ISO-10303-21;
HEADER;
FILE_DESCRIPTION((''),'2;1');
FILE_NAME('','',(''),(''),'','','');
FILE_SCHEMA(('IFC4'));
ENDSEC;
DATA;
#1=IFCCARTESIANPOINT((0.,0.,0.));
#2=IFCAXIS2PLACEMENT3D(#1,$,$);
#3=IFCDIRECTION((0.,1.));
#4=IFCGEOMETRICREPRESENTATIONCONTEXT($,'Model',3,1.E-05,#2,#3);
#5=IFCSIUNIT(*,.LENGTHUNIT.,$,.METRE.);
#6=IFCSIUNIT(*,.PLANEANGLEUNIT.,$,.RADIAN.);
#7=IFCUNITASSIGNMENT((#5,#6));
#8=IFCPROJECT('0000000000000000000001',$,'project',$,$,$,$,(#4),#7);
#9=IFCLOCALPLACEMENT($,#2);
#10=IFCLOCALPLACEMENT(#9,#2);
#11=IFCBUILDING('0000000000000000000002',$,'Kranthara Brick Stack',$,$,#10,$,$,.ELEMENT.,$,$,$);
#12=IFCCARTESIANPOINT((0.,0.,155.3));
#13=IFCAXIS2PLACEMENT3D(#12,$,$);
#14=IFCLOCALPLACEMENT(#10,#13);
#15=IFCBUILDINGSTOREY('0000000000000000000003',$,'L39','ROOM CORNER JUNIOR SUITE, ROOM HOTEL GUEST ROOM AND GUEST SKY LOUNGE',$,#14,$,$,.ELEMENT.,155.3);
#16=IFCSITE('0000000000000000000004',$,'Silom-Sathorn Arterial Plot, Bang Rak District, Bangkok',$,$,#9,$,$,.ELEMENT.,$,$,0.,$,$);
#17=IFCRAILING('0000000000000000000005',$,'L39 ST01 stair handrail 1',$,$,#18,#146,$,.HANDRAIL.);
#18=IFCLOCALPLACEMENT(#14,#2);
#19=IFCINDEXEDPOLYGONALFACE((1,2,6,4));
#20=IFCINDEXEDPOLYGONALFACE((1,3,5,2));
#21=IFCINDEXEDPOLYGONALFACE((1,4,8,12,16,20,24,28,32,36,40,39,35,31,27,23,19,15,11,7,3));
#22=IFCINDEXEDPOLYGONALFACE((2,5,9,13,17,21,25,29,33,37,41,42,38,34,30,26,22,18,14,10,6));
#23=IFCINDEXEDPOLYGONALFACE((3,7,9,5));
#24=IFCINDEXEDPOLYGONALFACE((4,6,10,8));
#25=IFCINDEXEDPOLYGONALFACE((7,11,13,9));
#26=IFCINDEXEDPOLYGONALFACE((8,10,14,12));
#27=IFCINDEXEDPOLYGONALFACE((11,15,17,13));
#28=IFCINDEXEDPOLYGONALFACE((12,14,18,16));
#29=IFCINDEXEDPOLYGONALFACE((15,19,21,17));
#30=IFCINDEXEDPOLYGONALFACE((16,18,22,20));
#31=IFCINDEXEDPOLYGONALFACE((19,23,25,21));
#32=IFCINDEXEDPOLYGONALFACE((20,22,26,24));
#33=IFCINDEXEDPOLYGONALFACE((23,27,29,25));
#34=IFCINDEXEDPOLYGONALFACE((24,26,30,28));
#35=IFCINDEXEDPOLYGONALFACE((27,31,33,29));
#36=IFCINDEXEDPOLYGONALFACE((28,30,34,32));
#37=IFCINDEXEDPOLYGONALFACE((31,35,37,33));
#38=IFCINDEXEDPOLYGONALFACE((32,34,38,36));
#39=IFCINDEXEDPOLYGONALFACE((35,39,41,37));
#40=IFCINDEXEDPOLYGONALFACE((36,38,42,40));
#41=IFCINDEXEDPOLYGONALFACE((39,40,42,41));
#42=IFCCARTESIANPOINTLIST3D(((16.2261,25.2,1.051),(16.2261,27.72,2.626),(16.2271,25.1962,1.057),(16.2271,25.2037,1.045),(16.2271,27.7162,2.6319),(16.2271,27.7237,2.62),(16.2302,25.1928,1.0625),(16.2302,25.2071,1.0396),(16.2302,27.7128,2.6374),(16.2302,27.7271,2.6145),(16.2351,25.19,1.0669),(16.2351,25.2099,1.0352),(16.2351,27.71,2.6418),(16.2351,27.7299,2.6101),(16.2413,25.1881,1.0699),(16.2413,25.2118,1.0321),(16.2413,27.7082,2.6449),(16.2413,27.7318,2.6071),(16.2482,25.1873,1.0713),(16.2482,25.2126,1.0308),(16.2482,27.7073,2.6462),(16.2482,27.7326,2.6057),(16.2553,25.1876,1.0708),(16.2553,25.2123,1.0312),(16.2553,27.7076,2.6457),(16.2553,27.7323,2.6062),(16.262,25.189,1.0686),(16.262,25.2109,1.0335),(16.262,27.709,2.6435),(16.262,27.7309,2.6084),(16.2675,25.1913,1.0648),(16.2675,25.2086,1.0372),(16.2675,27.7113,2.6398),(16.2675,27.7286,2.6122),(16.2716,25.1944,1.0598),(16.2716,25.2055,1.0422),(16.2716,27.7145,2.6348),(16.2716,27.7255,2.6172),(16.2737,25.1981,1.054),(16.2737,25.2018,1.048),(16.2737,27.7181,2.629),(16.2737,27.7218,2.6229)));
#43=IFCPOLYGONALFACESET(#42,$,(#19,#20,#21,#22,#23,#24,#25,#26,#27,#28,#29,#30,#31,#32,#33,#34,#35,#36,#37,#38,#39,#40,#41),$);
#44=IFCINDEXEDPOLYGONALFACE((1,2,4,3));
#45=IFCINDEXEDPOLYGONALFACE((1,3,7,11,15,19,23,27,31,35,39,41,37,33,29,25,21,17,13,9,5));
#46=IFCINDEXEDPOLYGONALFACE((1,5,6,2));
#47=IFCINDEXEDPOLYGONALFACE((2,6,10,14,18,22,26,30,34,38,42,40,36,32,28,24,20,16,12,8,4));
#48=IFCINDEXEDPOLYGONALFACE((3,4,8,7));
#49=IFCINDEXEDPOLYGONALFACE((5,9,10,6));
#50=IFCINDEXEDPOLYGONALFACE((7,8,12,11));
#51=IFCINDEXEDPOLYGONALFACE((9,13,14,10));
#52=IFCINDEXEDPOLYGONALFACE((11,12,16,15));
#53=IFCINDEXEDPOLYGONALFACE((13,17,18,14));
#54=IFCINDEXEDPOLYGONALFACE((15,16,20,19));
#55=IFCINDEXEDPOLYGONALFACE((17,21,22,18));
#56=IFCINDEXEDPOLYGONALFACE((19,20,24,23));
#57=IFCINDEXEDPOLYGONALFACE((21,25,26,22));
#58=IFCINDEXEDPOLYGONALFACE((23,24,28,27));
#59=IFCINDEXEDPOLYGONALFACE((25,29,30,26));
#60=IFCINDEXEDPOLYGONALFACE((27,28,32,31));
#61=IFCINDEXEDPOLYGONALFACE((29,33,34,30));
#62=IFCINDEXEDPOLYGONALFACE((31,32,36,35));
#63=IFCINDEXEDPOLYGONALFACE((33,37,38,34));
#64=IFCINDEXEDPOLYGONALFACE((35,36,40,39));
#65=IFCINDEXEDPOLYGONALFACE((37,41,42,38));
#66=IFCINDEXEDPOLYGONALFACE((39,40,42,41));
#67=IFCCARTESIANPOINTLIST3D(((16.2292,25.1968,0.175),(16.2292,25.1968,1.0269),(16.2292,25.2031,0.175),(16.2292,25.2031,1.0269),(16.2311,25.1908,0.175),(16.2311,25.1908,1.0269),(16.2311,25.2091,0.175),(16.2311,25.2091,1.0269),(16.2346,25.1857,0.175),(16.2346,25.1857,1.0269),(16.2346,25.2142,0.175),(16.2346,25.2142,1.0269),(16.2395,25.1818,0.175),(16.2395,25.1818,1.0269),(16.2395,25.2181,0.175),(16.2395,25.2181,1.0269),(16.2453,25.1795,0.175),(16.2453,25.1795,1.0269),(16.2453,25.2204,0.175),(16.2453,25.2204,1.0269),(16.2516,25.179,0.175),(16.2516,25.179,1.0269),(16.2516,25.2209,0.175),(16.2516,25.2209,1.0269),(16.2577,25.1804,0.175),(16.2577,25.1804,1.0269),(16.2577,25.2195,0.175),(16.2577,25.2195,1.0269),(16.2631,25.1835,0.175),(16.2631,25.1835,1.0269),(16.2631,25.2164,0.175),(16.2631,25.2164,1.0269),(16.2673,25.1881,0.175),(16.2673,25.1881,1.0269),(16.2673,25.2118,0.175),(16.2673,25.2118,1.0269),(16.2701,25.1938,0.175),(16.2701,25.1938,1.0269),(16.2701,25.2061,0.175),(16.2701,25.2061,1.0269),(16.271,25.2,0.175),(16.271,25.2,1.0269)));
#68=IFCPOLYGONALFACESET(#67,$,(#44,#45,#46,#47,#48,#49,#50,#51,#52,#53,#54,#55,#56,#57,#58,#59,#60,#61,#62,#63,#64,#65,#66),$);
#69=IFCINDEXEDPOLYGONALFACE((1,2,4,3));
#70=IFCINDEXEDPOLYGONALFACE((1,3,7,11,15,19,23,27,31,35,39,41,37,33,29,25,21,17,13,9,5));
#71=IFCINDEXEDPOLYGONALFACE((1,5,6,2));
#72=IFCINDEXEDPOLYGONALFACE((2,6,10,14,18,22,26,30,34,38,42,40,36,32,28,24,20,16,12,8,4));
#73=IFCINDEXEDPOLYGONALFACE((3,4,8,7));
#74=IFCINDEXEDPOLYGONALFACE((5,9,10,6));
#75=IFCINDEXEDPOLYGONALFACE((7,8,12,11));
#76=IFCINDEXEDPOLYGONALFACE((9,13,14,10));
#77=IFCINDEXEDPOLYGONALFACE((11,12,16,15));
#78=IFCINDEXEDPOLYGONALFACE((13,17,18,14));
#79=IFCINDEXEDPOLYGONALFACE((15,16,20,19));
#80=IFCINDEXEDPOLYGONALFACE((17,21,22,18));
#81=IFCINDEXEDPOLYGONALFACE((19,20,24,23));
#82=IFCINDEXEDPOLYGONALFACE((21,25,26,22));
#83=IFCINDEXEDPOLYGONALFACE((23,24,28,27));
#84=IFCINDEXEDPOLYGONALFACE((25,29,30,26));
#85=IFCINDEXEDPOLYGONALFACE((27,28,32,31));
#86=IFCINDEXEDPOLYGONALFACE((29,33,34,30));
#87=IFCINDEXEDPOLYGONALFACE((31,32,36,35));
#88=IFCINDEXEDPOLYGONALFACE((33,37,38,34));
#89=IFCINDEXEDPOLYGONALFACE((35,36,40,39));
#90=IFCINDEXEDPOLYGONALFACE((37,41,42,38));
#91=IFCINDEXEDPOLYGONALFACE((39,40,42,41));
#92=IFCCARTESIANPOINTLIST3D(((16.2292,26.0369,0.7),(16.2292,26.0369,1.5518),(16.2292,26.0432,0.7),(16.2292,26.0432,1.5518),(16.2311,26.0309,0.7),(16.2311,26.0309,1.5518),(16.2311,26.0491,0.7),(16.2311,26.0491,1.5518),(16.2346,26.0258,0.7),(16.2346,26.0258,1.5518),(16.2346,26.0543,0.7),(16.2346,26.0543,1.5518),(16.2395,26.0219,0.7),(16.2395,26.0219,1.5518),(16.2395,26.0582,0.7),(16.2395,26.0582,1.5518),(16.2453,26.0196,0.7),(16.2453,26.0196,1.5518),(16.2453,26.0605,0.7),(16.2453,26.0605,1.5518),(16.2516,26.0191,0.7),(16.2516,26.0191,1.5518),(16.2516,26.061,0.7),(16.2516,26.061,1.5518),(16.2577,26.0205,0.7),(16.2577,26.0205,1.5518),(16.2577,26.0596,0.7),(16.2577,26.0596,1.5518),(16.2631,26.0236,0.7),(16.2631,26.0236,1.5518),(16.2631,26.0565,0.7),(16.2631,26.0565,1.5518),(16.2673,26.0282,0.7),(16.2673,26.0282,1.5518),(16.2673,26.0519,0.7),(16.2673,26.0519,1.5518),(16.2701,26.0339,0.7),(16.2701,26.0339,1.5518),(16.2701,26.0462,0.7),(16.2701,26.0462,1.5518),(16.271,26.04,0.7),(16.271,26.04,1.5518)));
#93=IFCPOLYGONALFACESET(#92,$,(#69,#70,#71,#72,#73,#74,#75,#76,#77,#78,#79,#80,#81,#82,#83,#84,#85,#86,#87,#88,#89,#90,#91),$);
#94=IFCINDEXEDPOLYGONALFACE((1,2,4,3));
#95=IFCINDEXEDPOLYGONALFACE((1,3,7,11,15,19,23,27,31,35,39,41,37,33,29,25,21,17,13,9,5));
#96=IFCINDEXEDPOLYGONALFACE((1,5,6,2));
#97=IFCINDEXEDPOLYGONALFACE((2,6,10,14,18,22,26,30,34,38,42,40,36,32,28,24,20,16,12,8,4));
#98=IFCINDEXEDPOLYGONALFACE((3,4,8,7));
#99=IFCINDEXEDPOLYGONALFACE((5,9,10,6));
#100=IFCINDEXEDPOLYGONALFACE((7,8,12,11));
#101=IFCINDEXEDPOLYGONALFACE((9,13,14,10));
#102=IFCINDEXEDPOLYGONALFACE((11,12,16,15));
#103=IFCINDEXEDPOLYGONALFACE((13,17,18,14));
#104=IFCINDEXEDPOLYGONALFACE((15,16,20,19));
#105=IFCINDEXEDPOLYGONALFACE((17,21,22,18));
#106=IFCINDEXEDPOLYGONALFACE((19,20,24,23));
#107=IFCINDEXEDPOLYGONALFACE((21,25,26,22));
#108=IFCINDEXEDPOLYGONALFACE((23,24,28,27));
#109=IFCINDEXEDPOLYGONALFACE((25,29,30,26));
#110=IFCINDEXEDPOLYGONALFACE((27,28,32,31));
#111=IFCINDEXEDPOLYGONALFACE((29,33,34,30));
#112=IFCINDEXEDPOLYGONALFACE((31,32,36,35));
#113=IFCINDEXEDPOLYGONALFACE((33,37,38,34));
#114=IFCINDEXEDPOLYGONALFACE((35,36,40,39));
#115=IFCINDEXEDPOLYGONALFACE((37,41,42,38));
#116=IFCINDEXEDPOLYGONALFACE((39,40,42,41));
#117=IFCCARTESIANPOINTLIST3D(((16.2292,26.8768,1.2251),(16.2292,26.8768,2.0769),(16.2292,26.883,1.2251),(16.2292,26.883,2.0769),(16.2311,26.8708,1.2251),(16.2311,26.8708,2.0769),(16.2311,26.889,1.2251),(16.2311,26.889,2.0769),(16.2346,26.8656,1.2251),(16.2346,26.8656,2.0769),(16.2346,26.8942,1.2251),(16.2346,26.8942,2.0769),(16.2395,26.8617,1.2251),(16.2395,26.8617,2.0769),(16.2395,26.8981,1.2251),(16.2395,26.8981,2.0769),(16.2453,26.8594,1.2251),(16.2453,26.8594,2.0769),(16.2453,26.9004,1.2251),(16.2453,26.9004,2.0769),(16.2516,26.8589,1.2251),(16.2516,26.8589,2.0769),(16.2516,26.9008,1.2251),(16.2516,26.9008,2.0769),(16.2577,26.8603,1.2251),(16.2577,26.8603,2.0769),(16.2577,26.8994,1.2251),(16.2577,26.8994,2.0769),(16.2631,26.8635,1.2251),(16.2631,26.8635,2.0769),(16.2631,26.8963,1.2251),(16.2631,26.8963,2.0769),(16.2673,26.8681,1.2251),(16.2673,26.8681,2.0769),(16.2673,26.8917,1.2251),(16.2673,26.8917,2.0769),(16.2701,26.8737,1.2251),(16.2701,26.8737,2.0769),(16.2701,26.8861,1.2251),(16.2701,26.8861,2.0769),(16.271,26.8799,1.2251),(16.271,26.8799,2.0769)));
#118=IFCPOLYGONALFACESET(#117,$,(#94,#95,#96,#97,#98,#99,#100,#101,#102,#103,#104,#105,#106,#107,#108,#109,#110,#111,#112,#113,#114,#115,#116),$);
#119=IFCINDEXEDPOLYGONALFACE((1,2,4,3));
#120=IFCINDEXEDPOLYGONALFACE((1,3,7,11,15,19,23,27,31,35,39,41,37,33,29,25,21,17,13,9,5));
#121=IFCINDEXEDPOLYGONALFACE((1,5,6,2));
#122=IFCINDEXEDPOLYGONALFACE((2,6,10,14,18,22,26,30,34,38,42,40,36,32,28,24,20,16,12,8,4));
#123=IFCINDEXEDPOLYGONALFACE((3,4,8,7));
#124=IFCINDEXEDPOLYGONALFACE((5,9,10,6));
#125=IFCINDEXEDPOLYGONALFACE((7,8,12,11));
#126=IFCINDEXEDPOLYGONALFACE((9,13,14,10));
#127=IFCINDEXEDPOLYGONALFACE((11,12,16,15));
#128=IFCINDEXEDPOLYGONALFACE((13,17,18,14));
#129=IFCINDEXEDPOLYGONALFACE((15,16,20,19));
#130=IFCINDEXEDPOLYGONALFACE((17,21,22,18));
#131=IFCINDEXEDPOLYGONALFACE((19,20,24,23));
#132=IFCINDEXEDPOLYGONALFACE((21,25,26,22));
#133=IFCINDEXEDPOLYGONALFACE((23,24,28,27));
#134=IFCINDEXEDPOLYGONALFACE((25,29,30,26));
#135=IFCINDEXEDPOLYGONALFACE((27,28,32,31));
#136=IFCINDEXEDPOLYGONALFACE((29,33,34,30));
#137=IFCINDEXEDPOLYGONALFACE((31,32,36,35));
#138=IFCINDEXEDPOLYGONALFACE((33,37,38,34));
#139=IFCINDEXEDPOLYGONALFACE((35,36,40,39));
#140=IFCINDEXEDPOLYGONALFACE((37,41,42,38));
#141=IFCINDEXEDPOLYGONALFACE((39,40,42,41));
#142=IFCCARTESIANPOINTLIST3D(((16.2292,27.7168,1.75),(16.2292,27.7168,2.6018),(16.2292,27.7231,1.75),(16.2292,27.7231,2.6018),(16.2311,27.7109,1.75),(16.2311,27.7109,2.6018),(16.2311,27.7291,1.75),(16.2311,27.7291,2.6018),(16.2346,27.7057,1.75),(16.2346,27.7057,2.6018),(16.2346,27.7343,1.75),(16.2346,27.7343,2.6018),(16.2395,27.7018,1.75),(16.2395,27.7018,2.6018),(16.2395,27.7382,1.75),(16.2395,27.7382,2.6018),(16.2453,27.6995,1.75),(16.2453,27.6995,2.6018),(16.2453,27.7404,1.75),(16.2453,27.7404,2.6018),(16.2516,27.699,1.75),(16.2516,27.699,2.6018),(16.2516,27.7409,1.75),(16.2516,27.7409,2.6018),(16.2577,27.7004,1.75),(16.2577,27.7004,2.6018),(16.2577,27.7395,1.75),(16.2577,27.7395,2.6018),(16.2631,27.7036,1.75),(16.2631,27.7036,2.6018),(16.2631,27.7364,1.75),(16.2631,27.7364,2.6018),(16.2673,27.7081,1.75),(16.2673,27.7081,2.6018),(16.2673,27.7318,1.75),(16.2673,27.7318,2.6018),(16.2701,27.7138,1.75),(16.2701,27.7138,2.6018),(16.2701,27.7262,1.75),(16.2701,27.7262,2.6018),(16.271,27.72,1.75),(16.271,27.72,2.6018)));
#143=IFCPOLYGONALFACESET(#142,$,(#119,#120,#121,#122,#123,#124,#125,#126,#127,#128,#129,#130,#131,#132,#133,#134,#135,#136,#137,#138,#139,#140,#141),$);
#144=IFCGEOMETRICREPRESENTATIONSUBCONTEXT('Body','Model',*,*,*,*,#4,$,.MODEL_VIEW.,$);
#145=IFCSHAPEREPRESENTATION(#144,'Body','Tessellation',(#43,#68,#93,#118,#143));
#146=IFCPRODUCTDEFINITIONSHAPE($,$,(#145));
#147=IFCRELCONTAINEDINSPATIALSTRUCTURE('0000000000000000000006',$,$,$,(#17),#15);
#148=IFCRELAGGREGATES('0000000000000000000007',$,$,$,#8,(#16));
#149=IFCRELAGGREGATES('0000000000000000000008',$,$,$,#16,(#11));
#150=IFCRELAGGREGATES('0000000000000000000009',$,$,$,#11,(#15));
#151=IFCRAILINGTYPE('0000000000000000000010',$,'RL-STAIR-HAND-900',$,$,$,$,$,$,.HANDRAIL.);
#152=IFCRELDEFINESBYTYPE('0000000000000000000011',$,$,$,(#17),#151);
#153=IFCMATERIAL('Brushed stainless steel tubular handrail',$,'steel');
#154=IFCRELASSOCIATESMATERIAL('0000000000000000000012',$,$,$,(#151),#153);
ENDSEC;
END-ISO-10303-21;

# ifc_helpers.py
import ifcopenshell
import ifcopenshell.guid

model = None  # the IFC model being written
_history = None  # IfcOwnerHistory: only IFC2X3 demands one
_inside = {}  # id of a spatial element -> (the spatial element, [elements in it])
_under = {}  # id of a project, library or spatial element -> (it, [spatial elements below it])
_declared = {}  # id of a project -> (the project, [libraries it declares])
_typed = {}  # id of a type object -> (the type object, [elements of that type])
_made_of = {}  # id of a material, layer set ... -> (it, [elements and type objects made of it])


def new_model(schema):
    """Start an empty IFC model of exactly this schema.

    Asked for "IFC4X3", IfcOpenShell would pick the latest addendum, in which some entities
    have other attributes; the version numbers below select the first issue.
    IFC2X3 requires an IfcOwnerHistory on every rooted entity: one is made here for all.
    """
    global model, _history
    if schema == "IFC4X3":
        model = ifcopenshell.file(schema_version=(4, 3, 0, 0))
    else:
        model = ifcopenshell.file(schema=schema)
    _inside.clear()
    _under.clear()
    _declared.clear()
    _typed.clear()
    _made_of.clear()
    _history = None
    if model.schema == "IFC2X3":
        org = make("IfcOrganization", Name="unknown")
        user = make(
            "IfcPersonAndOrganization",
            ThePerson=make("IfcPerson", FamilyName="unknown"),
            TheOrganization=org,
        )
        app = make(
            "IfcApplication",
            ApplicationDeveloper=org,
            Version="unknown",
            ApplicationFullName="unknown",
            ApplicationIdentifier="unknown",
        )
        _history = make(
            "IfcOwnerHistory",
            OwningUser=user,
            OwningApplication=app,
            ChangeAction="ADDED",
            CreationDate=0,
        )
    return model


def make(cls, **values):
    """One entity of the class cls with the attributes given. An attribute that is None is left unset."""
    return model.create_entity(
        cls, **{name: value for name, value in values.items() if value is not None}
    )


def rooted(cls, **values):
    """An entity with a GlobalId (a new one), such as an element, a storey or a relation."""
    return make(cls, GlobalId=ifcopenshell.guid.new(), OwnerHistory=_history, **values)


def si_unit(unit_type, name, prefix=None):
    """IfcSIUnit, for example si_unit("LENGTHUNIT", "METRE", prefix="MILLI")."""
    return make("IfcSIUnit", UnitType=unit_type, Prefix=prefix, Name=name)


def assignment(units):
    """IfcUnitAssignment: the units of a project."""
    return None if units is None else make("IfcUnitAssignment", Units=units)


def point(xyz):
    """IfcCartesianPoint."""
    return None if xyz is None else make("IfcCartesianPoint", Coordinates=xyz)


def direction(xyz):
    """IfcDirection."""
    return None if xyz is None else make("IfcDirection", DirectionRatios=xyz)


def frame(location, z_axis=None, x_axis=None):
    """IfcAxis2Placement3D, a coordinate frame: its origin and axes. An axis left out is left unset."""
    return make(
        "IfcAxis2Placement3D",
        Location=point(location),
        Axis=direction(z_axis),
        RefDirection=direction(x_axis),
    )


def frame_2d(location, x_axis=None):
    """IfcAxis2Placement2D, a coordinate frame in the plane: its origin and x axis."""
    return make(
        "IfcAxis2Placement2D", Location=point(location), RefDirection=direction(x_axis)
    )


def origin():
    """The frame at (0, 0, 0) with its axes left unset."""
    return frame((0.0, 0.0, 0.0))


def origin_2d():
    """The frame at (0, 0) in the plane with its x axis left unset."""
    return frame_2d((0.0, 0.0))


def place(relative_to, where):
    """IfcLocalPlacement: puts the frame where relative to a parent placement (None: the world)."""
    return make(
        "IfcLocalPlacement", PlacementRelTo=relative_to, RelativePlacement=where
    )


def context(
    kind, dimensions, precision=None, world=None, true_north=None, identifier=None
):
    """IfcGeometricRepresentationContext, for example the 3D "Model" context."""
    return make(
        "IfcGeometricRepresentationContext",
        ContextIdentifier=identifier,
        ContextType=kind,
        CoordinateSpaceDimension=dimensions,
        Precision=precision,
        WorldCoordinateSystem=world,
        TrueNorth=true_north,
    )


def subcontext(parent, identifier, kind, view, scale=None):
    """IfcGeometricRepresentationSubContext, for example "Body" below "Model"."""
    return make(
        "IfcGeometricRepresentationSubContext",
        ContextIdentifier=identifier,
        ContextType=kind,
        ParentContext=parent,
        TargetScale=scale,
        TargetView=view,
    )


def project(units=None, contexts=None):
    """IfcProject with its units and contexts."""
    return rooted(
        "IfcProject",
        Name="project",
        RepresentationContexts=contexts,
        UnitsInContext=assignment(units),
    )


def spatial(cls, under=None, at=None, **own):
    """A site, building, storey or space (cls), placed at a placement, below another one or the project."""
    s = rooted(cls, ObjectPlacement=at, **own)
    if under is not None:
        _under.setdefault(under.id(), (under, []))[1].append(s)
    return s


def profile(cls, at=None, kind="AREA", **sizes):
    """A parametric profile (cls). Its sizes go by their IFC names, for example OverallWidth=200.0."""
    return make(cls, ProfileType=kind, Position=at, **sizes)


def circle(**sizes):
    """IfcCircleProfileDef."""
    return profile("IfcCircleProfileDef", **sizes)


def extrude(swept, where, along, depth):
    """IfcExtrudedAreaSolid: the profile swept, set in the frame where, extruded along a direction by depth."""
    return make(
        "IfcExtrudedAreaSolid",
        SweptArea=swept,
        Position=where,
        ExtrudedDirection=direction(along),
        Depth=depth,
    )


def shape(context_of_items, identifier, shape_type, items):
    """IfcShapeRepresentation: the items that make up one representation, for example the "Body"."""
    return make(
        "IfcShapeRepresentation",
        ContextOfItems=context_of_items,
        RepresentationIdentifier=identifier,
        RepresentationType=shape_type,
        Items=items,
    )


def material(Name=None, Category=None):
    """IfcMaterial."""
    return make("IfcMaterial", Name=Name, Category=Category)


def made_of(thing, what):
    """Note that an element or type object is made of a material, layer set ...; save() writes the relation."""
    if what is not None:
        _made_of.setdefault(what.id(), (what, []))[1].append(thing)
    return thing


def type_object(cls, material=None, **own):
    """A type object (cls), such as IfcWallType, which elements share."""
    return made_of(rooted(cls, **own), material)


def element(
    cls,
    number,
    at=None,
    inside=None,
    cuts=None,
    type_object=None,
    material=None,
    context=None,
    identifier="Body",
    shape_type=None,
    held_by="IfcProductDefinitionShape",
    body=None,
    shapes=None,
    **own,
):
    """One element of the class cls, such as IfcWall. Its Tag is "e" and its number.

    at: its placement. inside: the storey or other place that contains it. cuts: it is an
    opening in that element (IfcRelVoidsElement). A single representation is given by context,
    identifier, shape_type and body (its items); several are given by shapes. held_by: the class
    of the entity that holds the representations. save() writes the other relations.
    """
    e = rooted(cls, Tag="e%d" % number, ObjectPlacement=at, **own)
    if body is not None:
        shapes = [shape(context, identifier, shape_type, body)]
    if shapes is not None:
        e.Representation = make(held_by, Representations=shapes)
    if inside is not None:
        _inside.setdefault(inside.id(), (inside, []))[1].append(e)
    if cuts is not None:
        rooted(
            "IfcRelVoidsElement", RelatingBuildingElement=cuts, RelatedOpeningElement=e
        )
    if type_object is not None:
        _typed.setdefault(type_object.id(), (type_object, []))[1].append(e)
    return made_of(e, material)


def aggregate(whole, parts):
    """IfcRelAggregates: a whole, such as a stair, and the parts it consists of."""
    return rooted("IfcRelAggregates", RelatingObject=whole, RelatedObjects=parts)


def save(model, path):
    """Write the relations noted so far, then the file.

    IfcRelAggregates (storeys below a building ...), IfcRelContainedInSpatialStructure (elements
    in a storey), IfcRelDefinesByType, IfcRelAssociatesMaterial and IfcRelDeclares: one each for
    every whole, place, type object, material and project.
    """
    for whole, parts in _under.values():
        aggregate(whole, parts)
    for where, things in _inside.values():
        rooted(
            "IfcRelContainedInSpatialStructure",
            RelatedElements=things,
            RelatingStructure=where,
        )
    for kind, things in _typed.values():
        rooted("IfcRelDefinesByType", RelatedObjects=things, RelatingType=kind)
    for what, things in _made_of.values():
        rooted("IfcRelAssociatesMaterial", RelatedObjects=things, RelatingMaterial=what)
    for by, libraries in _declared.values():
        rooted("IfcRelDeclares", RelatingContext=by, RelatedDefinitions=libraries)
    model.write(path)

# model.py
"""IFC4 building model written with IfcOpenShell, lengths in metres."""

from ifc_helpers import new_model, si_unit, direction, frame, origin, origin_2d, place, context, subcontext, project, spatial, circle, extrude, material, type_object, element, save


model = new_model("IFC4")

# Units and contexts
model_context = context("Model", 3, precision=1e-05, world=origin(), true_north=direction((0.0, 1.0)))
body_context = subcontext(model_context, "Body", "Model", "MODEL_VIEW")
ifc_project = project(units=[si_unit("LENGTHUNIT", "METRE"), si_unit("PLANEANGLEUNIT", "RADIAN")], contexts=[model_context])

# Site, building, storey
site_placement = place(None, origin())
site = spatial("IfcSite", under=ifc_project, at=site_placement, Name="Silom-Sathorn Arterial Plot, Bang Rak District, Bangkok", CompositionType="ELEMENT", RefElevation=0.0)
building_placement = place(site_placement, origin())
building = spatial("IfcBuilding", under=site, at=building_placement, Name="Kranthara Brick Stack", CompositionType="ELEMENT")
storey_placement = place(building_placement, frame((0.0, 0.0, 155.3)))
storey = spatial("IfcBuildingStorey", under=building, at=storey_placement, Name="L39", Description="ROOM CORNER JUNIOR SUITE, ROOM HOTEL GUEST ROOM AND GUEST SKY LOUNGE", CompositionType="ELEMENT", Elevation=155.3)

# Railing
ifc_material_1 = material(Name="Brushed stainless steel tubular handrail", Category="steel")
railing_type_1 = type_object("IfcRailingType", Name="RL-STAIR-HAND-900", PredefinedType="HANDRAIL", material=ifc_material_1)
railing_1_placement = place(storey_placement, frame((16.25, 25.2, 0.175)))
element("IfcRailing", 1, at=railing_1_placement, inside=storey, type_object=railing_type_1, Name="L39 ST01 stair handrail 1", PredefinedType="HANDRAIL", context=body_context, shape_type="SweptSolid", body=[
    extrude(circle(Radius=0.0239, at=origin_2d()), frame((0.0, 0.0, 0.876), z_axis=(0.0, 0.848008, 0.529984), x_axis=(-1.0, 0.0, 0.0)), (0.0, 0.0, 1.0), 2.9717),
    extrude(circle(Radius=0.021, at=origin_2d()), origin(), (0.0, 0.0, 1.0), 0.8518),
    extrude(circle(Radius=0.021, at=origin_2d()), frame((0.0, 0.8401, 0.5249)), (0.0, 0.0, 1.0), 0.8518),
    extrude(circle(Radius=0.021, at=origin_2d()), frame((0.0, 1.6799, 1.05)), (0.0, 0.0, 1.0), 0.8518),
    extrude(circle(Radius=0.021, at=origin_2d()), frame((0.0, 2.52, 1.575)), (0.0, 0.0, 1.0), 0.8518),
])

save(model, "model.ifc")
